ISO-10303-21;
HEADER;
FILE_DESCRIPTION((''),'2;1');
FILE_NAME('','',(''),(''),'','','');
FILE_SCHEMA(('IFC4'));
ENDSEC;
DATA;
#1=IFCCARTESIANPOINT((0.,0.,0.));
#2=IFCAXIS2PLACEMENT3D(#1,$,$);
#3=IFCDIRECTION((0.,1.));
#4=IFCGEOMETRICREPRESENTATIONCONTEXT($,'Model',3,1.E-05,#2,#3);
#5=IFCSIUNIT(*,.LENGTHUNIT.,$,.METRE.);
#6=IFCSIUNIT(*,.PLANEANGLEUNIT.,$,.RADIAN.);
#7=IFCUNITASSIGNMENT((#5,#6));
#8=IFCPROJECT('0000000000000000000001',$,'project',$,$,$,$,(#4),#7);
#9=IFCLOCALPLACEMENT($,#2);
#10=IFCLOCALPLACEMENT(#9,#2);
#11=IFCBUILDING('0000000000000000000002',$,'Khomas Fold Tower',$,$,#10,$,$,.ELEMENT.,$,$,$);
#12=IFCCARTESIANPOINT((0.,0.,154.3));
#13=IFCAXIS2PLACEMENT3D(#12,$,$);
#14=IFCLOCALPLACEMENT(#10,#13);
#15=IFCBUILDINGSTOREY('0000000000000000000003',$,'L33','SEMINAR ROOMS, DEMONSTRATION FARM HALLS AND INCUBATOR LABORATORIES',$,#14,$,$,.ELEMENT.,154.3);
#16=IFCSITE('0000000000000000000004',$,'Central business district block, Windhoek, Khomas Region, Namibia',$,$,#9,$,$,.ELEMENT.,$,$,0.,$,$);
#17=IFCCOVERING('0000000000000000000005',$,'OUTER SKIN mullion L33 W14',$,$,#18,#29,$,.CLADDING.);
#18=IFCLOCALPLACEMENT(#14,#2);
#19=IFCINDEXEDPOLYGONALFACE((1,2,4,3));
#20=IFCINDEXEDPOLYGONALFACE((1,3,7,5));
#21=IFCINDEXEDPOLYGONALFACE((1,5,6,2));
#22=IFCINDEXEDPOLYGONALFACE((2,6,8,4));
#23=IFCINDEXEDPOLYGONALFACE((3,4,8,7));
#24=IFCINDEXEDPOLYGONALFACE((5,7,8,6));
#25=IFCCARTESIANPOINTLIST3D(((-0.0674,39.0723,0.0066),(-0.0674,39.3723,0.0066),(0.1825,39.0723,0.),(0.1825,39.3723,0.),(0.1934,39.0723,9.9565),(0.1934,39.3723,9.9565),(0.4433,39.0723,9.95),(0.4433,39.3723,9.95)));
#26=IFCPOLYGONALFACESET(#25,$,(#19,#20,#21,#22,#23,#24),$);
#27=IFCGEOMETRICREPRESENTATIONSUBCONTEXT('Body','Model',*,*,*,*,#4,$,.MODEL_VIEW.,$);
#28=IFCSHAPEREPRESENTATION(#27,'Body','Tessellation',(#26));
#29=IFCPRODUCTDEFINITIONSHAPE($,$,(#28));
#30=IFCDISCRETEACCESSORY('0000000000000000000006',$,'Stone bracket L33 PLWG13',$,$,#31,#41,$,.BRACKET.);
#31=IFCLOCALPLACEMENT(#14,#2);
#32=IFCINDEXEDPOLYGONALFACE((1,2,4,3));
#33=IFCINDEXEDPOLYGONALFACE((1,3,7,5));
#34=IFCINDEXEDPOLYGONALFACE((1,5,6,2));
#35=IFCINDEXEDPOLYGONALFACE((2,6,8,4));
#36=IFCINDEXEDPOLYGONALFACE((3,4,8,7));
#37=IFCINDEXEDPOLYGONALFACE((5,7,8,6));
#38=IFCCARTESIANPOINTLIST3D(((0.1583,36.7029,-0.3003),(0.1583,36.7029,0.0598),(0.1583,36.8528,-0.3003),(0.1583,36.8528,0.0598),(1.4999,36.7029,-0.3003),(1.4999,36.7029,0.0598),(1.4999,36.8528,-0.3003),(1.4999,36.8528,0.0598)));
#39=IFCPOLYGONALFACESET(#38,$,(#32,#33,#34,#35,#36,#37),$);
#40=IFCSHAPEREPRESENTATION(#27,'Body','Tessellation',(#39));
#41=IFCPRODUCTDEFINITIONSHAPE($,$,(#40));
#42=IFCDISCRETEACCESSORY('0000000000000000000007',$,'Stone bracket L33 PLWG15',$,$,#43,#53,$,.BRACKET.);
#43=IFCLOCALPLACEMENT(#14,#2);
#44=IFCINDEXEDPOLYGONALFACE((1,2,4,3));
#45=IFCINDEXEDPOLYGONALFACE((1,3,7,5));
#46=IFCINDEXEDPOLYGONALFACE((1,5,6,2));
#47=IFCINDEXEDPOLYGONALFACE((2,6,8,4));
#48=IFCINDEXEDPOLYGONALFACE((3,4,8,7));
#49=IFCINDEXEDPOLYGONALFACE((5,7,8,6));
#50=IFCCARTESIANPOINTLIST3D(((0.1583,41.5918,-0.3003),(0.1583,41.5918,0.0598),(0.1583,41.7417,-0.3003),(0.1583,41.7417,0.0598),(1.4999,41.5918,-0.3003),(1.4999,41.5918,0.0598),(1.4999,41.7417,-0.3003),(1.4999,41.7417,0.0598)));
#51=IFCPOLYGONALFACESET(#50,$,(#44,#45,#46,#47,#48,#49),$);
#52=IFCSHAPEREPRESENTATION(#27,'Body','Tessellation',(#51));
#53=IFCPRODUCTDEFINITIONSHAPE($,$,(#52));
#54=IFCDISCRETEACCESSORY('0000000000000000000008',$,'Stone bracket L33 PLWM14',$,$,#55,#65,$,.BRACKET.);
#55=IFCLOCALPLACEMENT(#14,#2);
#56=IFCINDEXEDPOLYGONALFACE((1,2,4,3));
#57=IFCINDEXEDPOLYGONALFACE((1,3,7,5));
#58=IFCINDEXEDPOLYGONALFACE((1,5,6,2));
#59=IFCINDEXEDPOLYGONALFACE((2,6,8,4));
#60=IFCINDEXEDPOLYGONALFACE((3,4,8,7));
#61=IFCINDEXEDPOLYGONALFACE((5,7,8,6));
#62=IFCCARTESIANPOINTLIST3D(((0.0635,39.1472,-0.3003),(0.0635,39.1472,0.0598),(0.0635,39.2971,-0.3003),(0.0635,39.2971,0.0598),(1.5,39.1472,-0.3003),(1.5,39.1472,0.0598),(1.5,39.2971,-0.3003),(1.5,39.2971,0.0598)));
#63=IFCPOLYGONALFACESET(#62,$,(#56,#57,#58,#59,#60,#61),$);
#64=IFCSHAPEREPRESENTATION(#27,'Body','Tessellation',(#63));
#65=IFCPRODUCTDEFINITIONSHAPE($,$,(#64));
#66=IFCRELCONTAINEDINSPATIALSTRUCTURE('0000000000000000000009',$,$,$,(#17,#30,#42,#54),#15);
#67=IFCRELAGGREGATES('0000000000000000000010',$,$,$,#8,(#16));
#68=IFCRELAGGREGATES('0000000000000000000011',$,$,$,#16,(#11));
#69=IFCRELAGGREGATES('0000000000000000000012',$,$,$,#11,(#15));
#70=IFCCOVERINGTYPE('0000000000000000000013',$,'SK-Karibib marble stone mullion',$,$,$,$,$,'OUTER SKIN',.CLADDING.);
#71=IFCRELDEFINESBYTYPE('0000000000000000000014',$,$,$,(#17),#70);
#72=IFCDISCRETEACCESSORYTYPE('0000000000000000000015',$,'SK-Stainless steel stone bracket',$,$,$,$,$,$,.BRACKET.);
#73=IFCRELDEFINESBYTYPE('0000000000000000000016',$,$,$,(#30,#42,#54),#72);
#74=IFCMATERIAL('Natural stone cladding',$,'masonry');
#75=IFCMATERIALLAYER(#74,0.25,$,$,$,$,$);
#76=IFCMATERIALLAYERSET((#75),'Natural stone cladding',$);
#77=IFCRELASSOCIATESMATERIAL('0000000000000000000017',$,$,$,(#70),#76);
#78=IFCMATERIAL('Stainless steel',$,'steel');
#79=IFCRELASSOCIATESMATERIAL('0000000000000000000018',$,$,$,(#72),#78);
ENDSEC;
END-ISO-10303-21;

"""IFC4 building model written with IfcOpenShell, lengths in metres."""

from ifc_helpers import new_model, si_unit, direction, frame, origin, origin_2d, place, context, subcontext, project, spatial, polyline, rectangle, outline, extrude, source, transform, mapped, material, layer, layer_set, type_object, element, save


model = new_model("IFC4")

# Units and contexts
model_context = context("Model", 3, precision=1e-05, world=origin(), true_north=direction((0.0, 1.0)))
body_context = subcontext(model_context, "Body", "Model", "MODEL_VIEW")
ifc_project = project(units=[si_unit("LENGTHUNIT", "METRE"), si_unit("PLANEANGLEUNIT", "RADIAN")], contexts=[model_context])

# Site, building, storey
site_placement = place(None, origin())
site = spatial("IfcSite", under=ifc_project, at=site_placement, Name="Central business district block, Windhoek, Khomas Region, Namibia", CompositionType="ELEMENT", RefElevation=0.0)
building_placement = place(site_placement, origin())
building = spatial("IfcBuilding", under=site, at=building_placement, Name="Khomas Fold Tower", CompositionType="ELEMENT")
storey_placement = place(building_placement, frame((0.0, 0.0, 154.3)))
storey = spatial("IfcBuildingStorey", under=building, at=storey_placement, Name="L33", Description="SEMINAR ROOMS, DEMONSTRATION FARM HALLS AND INCUBATOR LABORATORIES", CompositionType="ELEMENT", Elevation=154.3)

# Covering
ifc_material_1 = material(Name="Natural stone cladding", Category="masonry")
ifc_layer_1 = layer(ifc_material_1, 0.25)
ifc_layer_set_1 = layer_set([ifc_layer_1], Name="Natural stone cladding")
covering_type = type_object("IfcCoveringType", Name="SK-Karibib marble stone mullion", ElementType="OUTER SKIN", PredefinedType="CLADDING", material=ifc_layer_set_1)
covering_placement = place(storey_placement, frame((-0.0674, 39.0723, 0.0066), z_axis=(-0.999657, 0.0, 0.026196), x_axis=(0.0, 1.0, 0.0)))
element("IfcCovering", 1, at=covering_placement, inside=storey, type_object=covering_type, Name="OUTER SKIN mullion L33 W14", PredefinedType="CLADDING", context=body_context, shape_type="SweptSolid", body=[
    extrude(outline(polyline([(0.0, 0.0), (0.3, 0.0), (0.3, -9.9534), (0.0, -9.9534), (0.0, 0.0)])), origin(), (0.0, 0.0, -1.0), 0.25),
])

# Discrete accessories
ifc_material_2 = material(Name="Stainless steel", Category="steel")
discrete_accessory_type = type_object("IfcDiscreteAccessoryType", Name="SK-Stainless steel stone bracket", PredefinedType="BRACKET", material=ifc_material_2)
shared_shape_1 = source(origin(), body_context, "Body", "SweptSolid", [
    extrude(rectangle(XDim=1.3416, YDim=0.1499, at=origin_2d()), origin(), (0.0, 0.0, 1.0), 0.3601),
])
for number, where, z_axis, x_axis, name in (
    (2, (0.8291, 36.7778, -0.3003), (0.0, 0.0, 1.0), (-1.0, 0.0, 0.0), "Stone bracket L33 PLWG13"),
    (3, (0.8291, 41.6667, -0.3003), (0.0, 0.0, 1.0), (-1.0, 0.0, 0.0), "Stone bracket L33 PLWG15"),
):
    element("IfcDiscreteAccessory", number, at=place(storey_placement, frame(where, z_axis=z_axis, x_axis=x_axis)), inside=storey, type_object=discrete_accessory_type, Name=name, PredefinedType="BRACKET", context=body_context, shape_type="MappedRepresentation", body=[
        mapped(shared_shape_1, transform((0.0, 0.0, 0.0))),
    ])
shared_shape_2 = source(origin(), body_context, "Body", "SweptSolid", [
    extrude(rectangle(XDim=1.4365, YDim=0.1499, at=origin_2d()), origin(), (0.0, 0.0, 1.0), 0.3601),
])
discrete_accessory_placement = place(storey_placement, frame((0.7817, 39.2222, -0.3003), z_axis=(0.0, 0.0, 1.0), x_axis=(-1.0, 0.0, 0.0)))
element("IfcDiscreteAccessory", 4, at=discrete_accessory_placement, inside=storey, type_object=discrete_accessory_type, Name="Stone bracket L33 PLWM14", PredefinedType="BRACKET", context=body_context, shape_type="MappedRepresentation", body=[
    mapped(shared_shape_2, transform((0.0, 0.0, 0.0))),
])

save(model, "model.ifc")
